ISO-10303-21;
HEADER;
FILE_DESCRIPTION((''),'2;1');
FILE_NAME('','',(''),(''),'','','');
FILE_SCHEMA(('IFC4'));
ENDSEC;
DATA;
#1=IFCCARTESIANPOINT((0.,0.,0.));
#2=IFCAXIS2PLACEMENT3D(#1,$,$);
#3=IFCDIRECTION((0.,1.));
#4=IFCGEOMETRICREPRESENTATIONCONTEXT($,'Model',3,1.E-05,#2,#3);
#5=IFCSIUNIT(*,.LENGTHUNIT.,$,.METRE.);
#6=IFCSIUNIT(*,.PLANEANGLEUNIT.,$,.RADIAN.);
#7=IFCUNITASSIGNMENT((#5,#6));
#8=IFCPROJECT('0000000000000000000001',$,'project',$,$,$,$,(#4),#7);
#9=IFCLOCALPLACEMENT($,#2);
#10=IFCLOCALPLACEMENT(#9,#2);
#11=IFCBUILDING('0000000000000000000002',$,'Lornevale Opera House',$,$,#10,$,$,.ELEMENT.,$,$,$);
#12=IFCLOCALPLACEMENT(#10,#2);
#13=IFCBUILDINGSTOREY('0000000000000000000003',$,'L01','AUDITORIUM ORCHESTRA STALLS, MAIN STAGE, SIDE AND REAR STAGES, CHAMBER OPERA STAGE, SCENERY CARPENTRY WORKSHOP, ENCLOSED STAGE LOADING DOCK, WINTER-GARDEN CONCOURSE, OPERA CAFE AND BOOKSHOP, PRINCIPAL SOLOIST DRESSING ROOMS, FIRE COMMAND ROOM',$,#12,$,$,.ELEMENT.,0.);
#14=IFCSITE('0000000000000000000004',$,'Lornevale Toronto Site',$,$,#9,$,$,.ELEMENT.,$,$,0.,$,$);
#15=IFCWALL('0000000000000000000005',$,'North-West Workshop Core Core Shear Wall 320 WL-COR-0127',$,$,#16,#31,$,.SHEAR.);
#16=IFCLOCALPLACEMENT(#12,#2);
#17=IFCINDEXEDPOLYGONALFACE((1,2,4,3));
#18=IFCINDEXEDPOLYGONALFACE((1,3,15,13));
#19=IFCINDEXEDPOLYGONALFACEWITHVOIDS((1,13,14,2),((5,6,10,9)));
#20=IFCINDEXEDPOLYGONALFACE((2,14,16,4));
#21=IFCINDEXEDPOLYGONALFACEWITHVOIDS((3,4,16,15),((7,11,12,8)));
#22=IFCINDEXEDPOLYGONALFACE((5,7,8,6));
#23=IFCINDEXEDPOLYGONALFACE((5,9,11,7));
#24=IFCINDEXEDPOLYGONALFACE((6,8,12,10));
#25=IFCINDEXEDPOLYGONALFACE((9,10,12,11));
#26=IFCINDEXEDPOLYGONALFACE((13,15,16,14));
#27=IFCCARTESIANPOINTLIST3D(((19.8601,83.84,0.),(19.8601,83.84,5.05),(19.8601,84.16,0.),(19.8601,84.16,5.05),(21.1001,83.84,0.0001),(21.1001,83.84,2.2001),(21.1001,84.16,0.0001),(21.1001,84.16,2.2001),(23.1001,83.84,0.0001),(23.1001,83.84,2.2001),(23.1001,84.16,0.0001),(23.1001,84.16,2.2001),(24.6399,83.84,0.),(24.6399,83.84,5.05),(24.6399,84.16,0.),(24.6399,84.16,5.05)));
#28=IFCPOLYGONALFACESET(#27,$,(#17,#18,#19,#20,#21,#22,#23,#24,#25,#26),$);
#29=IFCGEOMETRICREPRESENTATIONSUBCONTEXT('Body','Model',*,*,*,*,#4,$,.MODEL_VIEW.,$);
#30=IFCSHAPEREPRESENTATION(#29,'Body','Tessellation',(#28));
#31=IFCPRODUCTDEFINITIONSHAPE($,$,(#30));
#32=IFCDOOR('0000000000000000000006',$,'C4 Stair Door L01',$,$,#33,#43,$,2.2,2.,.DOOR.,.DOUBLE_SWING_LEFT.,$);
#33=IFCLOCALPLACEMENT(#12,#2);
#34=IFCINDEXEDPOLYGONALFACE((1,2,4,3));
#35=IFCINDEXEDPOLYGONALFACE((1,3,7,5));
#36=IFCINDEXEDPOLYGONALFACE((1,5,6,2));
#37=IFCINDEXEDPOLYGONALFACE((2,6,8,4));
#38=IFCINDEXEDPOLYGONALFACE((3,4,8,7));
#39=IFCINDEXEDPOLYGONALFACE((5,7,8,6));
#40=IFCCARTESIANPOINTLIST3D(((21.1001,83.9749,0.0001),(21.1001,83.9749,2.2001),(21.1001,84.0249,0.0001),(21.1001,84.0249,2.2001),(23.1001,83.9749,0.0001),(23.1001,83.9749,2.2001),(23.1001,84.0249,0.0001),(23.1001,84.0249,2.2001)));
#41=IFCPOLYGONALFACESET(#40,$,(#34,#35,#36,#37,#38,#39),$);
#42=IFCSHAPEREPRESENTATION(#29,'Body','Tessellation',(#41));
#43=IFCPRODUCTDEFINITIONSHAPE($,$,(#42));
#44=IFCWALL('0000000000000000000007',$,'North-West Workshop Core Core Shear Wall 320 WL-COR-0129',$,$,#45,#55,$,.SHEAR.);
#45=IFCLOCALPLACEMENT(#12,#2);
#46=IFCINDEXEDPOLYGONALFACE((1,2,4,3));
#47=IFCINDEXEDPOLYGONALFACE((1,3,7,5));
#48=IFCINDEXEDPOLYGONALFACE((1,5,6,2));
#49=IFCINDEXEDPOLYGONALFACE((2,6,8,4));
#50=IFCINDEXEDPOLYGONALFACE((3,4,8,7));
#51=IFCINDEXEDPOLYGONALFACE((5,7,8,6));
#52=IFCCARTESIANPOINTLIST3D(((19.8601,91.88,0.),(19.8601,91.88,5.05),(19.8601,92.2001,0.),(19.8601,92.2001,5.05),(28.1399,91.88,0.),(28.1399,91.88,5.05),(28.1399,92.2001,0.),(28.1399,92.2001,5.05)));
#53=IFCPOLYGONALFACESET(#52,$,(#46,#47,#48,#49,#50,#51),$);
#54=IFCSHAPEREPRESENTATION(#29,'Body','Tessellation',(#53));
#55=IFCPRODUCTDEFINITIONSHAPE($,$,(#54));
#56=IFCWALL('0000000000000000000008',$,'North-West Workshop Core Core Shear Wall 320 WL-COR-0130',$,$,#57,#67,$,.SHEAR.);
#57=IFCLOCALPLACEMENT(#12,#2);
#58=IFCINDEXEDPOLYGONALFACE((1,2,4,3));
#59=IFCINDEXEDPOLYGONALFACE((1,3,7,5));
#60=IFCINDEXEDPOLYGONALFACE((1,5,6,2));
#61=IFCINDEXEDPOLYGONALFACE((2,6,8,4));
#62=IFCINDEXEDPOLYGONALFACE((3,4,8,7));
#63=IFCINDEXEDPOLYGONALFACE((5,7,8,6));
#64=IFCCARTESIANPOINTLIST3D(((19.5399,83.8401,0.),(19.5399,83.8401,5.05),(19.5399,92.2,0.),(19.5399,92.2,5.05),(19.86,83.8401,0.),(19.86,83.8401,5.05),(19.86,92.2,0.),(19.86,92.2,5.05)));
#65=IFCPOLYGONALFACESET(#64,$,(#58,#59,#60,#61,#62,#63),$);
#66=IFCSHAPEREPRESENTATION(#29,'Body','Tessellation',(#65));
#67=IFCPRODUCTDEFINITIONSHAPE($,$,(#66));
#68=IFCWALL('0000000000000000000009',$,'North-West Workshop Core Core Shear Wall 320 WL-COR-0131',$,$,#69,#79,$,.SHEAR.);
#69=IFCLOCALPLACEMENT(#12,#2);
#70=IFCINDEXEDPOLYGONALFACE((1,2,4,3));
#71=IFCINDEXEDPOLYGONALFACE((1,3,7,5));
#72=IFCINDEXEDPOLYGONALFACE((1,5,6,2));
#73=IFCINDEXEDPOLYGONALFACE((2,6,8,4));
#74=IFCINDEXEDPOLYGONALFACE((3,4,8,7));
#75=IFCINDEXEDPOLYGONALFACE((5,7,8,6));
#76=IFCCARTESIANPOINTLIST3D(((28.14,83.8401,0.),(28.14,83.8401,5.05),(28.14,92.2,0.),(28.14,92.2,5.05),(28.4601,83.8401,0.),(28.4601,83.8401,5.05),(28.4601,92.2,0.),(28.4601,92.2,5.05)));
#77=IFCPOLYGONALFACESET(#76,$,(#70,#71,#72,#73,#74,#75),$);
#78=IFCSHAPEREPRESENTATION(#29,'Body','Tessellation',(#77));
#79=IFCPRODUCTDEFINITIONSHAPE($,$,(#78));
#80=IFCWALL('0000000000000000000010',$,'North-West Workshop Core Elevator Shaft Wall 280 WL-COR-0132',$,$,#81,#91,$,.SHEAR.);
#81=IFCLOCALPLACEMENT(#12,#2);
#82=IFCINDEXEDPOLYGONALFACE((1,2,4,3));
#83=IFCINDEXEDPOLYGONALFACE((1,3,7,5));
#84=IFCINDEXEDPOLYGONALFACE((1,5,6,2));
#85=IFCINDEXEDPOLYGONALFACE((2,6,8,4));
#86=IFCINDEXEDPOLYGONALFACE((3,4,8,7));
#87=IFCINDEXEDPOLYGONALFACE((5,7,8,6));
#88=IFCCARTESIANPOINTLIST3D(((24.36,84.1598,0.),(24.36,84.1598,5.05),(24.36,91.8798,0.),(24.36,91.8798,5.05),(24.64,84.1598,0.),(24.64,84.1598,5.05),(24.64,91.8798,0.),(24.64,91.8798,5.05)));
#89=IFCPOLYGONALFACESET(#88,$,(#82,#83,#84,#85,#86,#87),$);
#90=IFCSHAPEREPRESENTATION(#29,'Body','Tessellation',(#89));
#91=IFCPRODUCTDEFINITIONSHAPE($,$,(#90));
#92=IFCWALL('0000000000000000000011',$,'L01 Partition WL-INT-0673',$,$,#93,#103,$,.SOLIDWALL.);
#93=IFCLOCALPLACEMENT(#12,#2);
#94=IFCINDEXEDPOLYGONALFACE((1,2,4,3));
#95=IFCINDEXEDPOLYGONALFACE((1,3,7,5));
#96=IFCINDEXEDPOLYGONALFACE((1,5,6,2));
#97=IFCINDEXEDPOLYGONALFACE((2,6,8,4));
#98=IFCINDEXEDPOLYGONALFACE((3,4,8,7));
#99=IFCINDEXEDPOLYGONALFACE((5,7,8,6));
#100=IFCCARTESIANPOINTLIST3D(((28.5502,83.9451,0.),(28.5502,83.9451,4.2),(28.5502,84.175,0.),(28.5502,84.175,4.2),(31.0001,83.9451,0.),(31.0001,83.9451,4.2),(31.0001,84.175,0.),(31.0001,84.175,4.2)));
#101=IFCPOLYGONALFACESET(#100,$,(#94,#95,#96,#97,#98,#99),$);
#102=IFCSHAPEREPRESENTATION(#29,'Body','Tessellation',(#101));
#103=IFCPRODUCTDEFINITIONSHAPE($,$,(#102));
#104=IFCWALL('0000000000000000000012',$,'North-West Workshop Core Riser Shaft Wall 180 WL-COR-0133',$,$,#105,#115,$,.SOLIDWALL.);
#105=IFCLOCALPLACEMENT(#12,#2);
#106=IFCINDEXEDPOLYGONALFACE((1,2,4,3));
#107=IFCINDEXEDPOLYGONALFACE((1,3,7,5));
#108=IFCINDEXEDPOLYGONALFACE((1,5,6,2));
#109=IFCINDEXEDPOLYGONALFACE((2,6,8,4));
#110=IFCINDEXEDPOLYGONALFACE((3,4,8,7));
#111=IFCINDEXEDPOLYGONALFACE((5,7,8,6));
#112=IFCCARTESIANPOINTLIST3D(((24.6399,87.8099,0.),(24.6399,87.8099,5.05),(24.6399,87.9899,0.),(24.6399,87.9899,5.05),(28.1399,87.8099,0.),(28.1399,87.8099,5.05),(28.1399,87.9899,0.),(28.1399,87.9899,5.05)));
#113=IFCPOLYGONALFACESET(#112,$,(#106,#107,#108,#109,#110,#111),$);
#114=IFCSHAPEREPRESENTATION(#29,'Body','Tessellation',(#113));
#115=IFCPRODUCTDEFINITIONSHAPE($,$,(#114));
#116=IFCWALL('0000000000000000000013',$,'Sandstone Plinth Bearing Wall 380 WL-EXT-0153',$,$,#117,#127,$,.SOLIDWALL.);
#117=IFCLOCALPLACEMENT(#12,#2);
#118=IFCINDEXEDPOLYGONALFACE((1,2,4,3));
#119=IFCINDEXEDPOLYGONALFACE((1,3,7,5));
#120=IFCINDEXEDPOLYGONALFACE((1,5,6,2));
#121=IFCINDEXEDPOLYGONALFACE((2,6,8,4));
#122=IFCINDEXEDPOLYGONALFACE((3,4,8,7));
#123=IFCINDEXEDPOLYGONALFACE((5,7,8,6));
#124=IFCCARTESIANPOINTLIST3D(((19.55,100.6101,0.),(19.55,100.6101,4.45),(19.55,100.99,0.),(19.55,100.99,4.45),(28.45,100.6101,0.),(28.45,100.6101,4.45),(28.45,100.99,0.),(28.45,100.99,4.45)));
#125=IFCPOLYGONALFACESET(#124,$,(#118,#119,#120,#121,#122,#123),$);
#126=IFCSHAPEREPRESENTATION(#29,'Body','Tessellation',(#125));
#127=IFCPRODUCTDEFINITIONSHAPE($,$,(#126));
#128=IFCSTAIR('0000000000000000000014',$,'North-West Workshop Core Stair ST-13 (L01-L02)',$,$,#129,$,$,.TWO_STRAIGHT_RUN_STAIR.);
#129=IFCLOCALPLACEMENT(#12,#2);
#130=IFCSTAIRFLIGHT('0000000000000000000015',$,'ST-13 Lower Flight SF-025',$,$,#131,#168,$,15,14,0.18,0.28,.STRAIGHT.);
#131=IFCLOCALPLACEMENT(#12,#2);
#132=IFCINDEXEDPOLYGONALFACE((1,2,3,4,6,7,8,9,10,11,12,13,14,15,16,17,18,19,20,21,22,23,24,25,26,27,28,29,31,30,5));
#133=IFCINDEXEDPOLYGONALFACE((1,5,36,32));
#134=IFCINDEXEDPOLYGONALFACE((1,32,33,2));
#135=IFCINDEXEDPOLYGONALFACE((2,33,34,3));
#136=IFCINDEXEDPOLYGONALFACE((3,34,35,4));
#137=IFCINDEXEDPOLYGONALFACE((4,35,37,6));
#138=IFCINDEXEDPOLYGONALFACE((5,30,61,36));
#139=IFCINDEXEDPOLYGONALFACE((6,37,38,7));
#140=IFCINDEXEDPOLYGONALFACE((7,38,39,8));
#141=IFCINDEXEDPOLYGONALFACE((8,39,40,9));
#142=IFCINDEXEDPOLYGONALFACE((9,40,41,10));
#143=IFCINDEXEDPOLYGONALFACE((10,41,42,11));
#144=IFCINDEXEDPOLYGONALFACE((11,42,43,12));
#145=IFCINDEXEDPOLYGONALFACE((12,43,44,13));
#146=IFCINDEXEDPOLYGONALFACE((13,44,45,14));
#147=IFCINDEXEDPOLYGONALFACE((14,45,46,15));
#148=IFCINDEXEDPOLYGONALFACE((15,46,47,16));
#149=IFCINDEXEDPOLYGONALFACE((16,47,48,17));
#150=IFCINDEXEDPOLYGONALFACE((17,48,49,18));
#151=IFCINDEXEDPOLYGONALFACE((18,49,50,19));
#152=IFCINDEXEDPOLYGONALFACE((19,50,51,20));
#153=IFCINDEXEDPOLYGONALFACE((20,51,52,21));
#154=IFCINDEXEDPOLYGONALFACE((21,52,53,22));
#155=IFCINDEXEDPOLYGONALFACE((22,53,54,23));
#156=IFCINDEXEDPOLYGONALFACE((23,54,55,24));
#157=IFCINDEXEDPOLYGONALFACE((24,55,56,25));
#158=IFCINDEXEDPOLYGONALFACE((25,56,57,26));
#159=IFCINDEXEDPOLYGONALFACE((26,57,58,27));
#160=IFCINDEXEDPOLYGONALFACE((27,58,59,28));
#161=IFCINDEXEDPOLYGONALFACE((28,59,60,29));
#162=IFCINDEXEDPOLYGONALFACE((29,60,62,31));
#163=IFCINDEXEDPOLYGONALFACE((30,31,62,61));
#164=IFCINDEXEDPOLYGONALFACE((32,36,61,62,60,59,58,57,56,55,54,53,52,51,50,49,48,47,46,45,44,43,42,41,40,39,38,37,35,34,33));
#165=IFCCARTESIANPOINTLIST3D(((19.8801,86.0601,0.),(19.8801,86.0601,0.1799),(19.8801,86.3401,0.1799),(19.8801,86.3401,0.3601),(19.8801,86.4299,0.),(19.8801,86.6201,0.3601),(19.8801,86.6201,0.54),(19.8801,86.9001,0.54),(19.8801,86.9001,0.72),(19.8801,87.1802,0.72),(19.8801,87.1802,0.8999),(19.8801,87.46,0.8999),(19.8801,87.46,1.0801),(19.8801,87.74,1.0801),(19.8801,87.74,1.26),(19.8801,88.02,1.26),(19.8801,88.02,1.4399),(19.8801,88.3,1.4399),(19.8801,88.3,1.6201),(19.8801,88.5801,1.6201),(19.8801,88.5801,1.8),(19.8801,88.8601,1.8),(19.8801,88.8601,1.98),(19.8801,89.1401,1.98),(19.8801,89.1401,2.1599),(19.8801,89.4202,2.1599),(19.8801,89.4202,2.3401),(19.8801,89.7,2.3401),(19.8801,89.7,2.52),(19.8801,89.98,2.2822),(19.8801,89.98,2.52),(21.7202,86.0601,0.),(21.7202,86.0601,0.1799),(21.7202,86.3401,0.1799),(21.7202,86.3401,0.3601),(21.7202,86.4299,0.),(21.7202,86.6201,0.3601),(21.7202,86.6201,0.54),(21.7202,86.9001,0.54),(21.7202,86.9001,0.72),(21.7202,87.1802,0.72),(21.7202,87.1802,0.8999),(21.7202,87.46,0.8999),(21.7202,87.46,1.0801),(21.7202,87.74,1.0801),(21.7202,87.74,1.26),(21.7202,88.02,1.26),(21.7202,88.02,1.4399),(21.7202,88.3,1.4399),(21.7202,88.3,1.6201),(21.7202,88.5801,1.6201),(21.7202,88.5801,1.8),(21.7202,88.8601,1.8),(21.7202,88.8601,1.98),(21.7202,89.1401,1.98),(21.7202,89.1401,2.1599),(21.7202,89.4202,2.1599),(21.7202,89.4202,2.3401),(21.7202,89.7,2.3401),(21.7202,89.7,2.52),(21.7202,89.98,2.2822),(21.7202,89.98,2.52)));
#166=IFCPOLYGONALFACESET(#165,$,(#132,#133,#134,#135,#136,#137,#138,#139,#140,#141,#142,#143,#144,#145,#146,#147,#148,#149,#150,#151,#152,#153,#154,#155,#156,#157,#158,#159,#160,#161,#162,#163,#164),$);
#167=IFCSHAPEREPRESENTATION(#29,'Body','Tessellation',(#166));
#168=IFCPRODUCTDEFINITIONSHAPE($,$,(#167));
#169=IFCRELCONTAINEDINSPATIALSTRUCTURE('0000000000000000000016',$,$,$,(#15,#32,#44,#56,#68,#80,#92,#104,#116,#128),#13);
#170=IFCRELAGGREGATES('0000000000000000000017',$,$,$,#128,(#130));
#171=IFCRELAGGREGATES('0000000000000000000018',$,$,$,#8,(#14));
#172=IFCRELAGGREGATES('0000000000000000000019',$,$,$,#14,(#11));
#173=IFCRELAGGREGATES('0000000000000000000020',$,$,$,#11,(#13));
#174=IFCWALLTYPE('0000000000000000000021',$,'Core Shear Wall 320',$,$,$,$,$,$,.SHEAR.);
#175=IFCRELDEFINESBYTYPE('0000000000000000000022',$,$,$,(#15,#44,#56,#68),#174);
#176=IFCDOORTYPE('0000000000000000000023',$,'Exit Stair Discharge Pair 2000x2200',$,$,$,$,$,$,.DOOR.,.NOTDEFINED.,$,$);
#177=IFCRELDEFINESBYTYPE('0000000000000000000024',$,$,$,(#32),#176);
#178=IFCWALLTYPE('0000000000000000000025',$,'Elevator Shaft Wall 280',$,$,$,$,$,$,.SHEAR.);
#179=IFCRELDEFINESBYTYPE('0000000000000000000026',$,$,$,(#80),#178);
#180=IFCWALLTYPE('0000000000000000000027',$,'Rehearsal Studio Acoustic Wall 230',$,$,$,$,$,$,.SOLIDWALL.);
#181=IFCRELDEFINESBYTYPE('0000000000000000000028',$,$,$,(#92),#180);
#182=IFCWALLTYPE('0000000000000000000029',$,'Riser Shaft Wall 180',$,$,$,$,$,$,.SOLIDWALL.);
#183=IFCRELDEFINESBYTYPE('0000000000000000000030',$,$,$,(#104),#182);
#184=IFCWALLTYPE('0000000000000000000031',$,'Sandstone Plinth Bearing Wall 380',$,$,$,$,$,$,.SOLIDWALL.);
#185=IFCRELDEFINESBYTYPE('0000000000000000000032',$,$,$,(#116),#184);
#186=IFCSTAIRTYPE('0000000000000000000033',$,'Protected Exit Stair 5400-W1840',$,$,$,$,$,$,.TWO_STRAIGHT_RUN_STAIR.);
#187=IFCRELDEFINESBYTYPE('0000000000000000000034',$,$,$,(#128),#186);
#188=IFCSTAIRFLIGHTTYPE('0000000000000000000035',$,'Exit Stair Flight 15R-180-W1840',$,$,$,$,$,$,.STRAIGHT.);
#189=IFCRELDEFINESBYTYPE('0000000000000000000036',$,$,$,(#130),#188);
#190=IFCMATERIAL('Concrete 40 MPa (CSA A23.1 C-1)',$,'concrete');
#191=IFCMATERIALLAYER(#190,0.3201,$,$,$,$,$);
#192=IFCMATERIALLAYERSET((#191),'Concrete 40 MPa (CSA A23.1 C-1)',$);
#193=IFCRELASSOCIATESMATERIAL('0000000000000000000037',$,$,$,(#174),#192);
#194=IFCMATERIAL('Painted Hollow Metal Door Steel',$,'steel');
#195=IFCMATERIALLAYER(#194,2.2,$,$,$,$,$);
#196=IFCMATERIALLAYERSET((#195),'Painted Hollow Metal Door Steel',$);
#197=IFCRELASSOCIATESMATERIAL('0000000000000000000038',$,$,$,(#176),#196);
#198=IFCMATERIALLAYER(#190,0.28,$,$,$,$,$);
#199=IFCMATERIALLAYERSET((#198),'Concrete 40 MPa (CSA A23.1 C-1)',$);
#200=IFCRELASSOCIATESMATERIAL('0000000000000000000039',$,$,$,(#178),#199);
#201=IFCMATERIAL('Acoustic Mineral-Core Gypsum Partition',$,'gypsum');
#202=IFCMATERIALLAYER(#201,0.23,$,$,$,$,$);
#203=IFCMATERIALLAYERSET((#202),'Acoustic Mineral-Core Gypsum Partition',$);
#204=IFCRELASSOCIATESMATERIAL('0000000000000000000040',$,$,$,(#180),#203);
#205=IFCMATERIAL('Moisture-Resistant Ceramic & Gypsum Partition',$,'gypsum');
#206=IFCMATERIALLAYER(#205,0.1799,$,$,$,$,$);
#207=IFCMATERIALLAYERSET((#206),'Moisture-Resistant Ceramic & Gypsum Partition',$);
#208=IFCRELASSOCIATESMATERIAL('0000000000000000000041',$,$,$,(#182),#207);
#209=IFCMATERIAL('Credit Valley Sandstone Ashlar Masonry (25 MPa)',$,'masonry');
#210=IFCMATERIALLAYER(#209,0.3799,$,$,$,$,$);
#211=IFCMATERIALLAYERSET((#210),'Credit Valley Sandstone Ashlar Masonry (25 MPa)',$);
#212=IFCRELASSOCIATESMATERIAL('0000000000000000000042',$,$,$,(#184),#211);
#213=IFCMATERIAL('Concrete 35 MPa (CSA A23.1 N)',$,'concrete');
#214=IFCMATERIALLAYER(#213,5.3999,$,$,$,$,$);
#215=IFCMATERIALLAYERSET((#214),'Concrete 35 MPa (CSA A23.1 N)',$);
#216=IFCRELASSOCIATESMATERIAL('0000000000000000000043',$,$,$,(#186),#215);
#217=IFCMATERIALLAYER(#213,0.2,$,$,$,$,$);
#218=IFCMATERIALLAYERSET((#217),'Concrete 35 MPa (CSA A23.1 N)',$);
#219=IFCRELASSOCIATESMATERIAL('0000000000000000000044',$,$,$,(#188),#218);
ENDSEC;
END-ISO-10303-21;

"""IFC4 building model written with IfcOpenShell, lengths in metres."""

from ifc_helpers import new_model, si_unit, direction, frame, frame_2d, origin, place, context, subcontext, project, spatial, polyline, rectangle, outline, extrude, material, layer, layer_set, type_object, element, fill, aggregate, save


model = new_model("IFC4")

# Units and contexts
model_context = context("Model", 3, precision=1e-05, world=origin(), true_north=direction((0.0, 1.0)))
body_context = subcontext(model_context, "Body", "Model", "MODEL_VIEW")
ifc_project = project(units=[si_unit("LENGTHUNIT", "METRE"), si_unit("PLANEANGLEUNIT", "RADIAN")], contexts=[model_context])

# Site, building, storey
site_placement = place(None, origin())
site = spatial("IfcSite", under=ifc_project, at=site_placement, Name="Lornevale Toronto Site", CompositionType="ELEMENT", RefElevation=0.0)
building_placement = place(site_placement, origin())
building = spatial("IfcBuilding", under=site, at=building_placement, Name="Lornevale Opera House", CompositionType="ELEMENT")
storey_placement = place(building_placement, origin())
storey = spatial("IfcBuildingStorey", under=building, at=storey_placement, Name="L01", Description="AUDITORIUM ORCHESTRA STALLS, MAIN STAGE, SIDE AND REAR STAGES, CHAMBER OPERA STAGE, SCENERY CARPENTRY WORKSHOP, ENCLOSED STAGE LOADING DOCK, WINTER-GARDEN CONCOURSE, OPERA CAFE AND BOOKSHOP, PRINCIPAL SOLOIST DRESSING ROOMS, FIRE COMMAND ROOM", CompositionType="ELEMENT", Elevation=0.0)

# Shared definitions
ifc_material_1 = material(Name="Concrete 40 MPa (CSA A23.1 C-1)", Category="concrete")

# Shared definitions
ifc_material_2 = material(Name="Concrete 35 MPa (CSA A23.1 N)", Category="concrete")

# Wall, opening, door
ifc_layer_1 = layer(ifc_material_1, 0.3201)
ifc_layer_set_1 = layer_set([ifc_layer_1], Name="Concrete 40 MPa (CSA A23.1 C-1)")
wall_type_1 = type_object("IfcWallType", Name="Core Shear Wall 320", PredefinedType="SHEAR", material=ifc_layer_set_1)
wall_1_placement = place(storey_placement, frame((19.8601, 84.0, 0.0), z_axis=(0.0, 0.0, 1.0), x_axis=(1.0, 0.0, 0.0)))
wall_1 = element("IfcWall", 1, at=wall_1_placement, inside=storey, type_object=wall_type_1, Name="North-West Workshop Core Core Shear Wall 320 WL-COR-0127", PredefinedType="SHEAR", context=body_context, shape_type="SweptSolid", body=[
    extrude(rectangle(XDim=4.7798, YDim=0.3201, at=frame_2d((2.3899, 0.0))), origin(), (0.0, 0.0, 1.0), 5.05),
])
opening_1_placement = place(wall_1_placement, frame((1.24, 0.0, 0.0)))
opening_1 = element("IfcOpeningElement", 2, at=opening_1_placement, cuts=wall_1, PredefinedType="OPENING", context=body_context, shape_type="SweptSolid", body=[
    extrude(rectangle(XDim=2.0, YDim=2.2, at=frame_2d((1.0, 1.1001))), frame((0.0, 0.1699, 0.0), z_axis=(0.0, -1.0, 0.0), x_axis=(1.0, 0.0, 0.0)), (0.0, 0.0, 1.0), 0.3401),
])
ifc_material_3 = material(Name="Painted Hollow Metal Door Steel", Category="steel")
ifc_layer_2 = layer(ifc_material_3, 2.2)
ifc_layer_set_2 = layer_set([ifc_layer_2], Name="Painted Hollow Metal Door Steel")
door_type_1 = type_object("IfcDoorType", Name="Exit Stair Discharge Pair 2000x2200", OperationType="NOTDEFINED", PredefinedType="DOOR", material=ifc_layer_set_2)
door_1_placement = place(opening_1_placement, origin())
door_1 = element("IfcDoor", 3, at=door_1_placement, inside=storey, type_object=door_type_1, Name="C4 Stair Door L01", OperationType="DOUBLE_SWING_LEFT", OverallHeight=2.2, OverallWidth=2.0, PredefinedType="DOOR", context=body_context, shape_type="SweptSolid", body=[
    extrude(rectangle(XDim=2.0, YDim=2.2, at=frame_2d((1.0, 1.1001))), frame((0.0, 0.0249, 0.0), z_axis=(0.0, -1.0, 0.0), x_axis=(1.0, 0.0, 0.0)), (0.0, 0.0, 1.0), 0.05),
])
fill(opening_1, door_1)

# Walls
wall_2_placement = place(storey_placement, frame((28.1399, 92.04, 0.0), z_axis=(0.0, 0.0, 1.0), x_axis=(-1.0, 0.0, 0.0)))
element("IfcWall", 4, at=wall_2_placement, inside=storey, type_object=wall_type_1, Name="North-West Workshop Core Core Shear Wall 320 WL-COR-0129", PredefinedType="SHEAR", context=body_context, shape_type="SweptSolid", body=[
    extrude(rectangle(XDim=8.2798, YDim=0.3201, at=frame_2d((4.1399, 0.0))), origin(), (0.0, 0.0, 1.0), 5.05),
])
for number, where, z_axis, x_axis, name in (
    (5, (19.7, 92.2, 0.0), (0.0, 0.0, 1.0), (0.0, -1.0, 0.0), "North-West Workshop Core Core Shear Wall 320 WL-COR-0130"),
    (6, (28.3, 83.8401, 0.0), (0.0, 0.0, 1.0), (0.0, 1.0, 0.0), "North-West Workshop Core Core Shear Wall 320 WL-COR-0131"),
):
    element("IfcWall", number, at=place(storey_placement, frame(where, z_axis=z_axis, x_axis=x_axis)), inside=storey, type_object=wall_type_1, Name=name, PredefinedType="SHEAR", context=body_context, shape_type="SweptSolid", body=[
        extrude(rectangle(XDim=8.3599, YDim=0.3201, at=frame_2d((4.1799, 0.0))), origin(), (0.0, 0.0, 1.0), 5.05),
    ])

# Shared definitions
ifc_layer_3 = layer(ifc_material_1, 0.28)
ifc_layer_set_3 = layer_set([ifc_layer_3], Name="Concrete 40 MPa (CSA A23.1 C-1)")
wall_type_2 = type_object("IfcWallType", Name="Elevator Shaft Wall 280", PredefinedType="SHEAR", material=ifc_layer_set_3)

# Walls
wall_3_placement = place(storey_placement, frame((24.5, 84.1599, 0.0), z_axis=(0.0, 0.0, 1.0), x_axis=(0.0, 1.0, 0.0)))
element("IfcWall", 7, at=wall_3_placement, inside=storey, type_object=wall_type_2, Name="North-West Workshop Core Elevator Shaft Wall 280 WL-COR-0132", PredefinedType="SHEAR", context=body_context, shape_type="SweptSolid", body=[
    extrude(rectangle(XDim=7.72, YDim=0.28, at=frame_2d((3.8599, 0.0))), origin(), (0.0, 0.0, 1.0), 5.05),
])
ifc_material_4 = material(Name="Acoustic Mineral-Core Gypsum Partition", Category="gypsum")
ifc_layer_4 = layer(ifc_material_4, 0.23)
ifc_layer_set_4 = layer_set([ifc_layer_4], Name="Acoustic Mineral-Core Gypsum Partition")
wall_type_3 = type_object("IfcWallType", Name="Rehearsal Studio Acoustic Wall 230", PredefinedType="SOLIDWALL", material=ifc_layer_set_4)
wall_4_placement = place(storey_placement, frame((28.55, 84.0601, 0.0), z_axis=(0.0, 0.0, 1.0), x_axis=(1.0, 0.0, 0.0)))
element("IfcWall", 8, at=wall_4_placement, inside=storey, type_object=wall_type_3, Name="L01 Partition WL-INT-0673", PredefinedType="SOLIDWALL", context=body_context, shape_type="SweptSolid", body=[
    extrude(rectangle(XDim=2.45, YDim=0.23, at=frame_2d((1.2251, 0.0))), origin(), (0.0, 0.0, 1.0), 4.2),
])
ifc_material_5 = material(Name="Moisture-Resistant Ceramic & Gypsum Partition", Category="gypsum")
ifc_layer_5 = layer(ifc_material_5, 0.1799)
ifc_layer_set_5 = layer_set([ifc_layer_5], Name="Moisture-Resistant Ceramic & Gypsum Partition")
wall_type_4 = type_object("IfcWallType", Name="Riser Shaft Wall 180", PredefinedType="SOLIDWALL", material=ifc_layer_set_5)
wall_5_placement = place(storey_placement, frame((24.6399, 87.8999, 0.0), z_axis=(0.0, 0.0, 1.0), x_axis=(1.0, 0.0, 0.0)))
element("IfcWall", 9, at=wall_5_placement, inside=storey, type_object=wall_type_4, Name="North-West Workshop Core Riser Shaft Wall 180 WL-COR-0133", PredefinedType="SOLIDWALL", context=body_context, shape_type="SweptSolid", body=[
    extrude(rectangle(XDim=3.5, YDim=0.1799, at=frame_2d((1.75, 0.0))), origin(), (0.0, 0.0, 1.0), 5.05),
])
ifc_material_6 = material(Name="Credit Valley Sandstone Ashlar Masonry (25 MPa)", Category="masonry")
ifc_layer_6 = layer(ifc_material_6, 0.3799)
ifc_layer_set_6 = layer_set([ifc_layer_6], Name="Credit Valley Sandstone Ashlar Masonry (25 MPa)")
wall_type_5 = type_object("IfcWallType", Name="Sandstone Plinth Bearing Wall 380", PredefinedType="SOLIDWALL", material=ifc_layer_set_6)
wall_6_placement = place(storey_placement, frame((19.55, 100.8, 0.0), z_axis=(0.0, 0.0, 1.0), x_axis=(1.0, 0.0, 0.0)))
element("IfcWall", 10, at=wall_6_placement, inside=storey, type_object=wall_type_5, Name="Sandstone Plinth Bearing Wall 380 WL-EXT-0153", PredefinedType="SOLIDWALL", context=body_context, shape_type="SweptSolid", body=[
    extrude(rectangle(XDim=8.8999, YDim=0.3799, at=frame_2d((4.45, 0.0))), origin(), (0.0, 0.0, 1.0), 4.45),
])

# Stair, stair flight
ifc_layer_7 = layer(ifc_material_2, 5.3999)
ifc_layer_set_7 = layer_set([ifc_layer_7], Name="Concrete 35 MPa (CSA A23.1 N)")
stair_type = type_object("IfcStairType", Name="Protected Exit Stair 5400-W1840", PredefinedType="TWO_STRAIGHT_RUN_STAIR", material=ifc_layer_set_7)
stair_placement = place(storey_placement, origin())
stair = element("IfcStair", 11, at=stair_placement, inside=storey, type_object=stair_type, Name="North-West Workshop Core Stair ST-13 (L01-L02)", PredefinedType="TWO_STRAIGHT_RUN_STAIR")
ifc_layer_8 = layer(ifc_material_2, 0.2)
ifc_layer_set_8 = layer_set([ifc_layer_8], Name="Concrete 35 MPa (CSA A23.1 N)")
stair_flight_type = type_object("IfcStairFlightType", Name="Exit Stair Flight 15R-180-W1840", PredefinedType="STRAIGHT", material=ifc_layer_set_8)
stair_flight_1_placement = place(storey_placement, frame((20.8, 86.0601, 0.0), z_axis=(0.0, 0.0, 1.0), x_axis=(0.0, 1.0, 0.0)))
stair_flight_1 = element("IfcStairFlight", 12, at=stair_flight_1_placement, type_object=stair_flight_type, Name="ST-13 Lower Flight SF-025", NumberOfRisers=15, NumberOfTreads=14, PredefinedType="STRAIGHT", RiserHeight=0.18, TreadLength=0.28, context=body_context, shape_type="SweptSolid", body=[
    extrude(outline(polyline([(0.0, 0.0), (0.0, 0.1799), (0.28, 0.1799), (0.28, 0.3601), (0.5601, 0.3601), (0.5601, 0.54), (0.8401, 0.54), (0.8401, 0.72), (1.1201, 0.72), (1.1201, 0.8999), (1.3999, 0.8999), (1.3999, 1.0801), (1.6799, 1.0801), (1.6799, 1.26), (1.96, 1.26), (1.96, 1.4399), (2.24, 1.4399), (2.24, 1.6201), (2.52, 1.6201), (2.52, 1.8), (2.8, 1.8), (2.8, 1.98), (3.0801, 1.98), (3.0801, 2.1599), (3.3601, 2.1599), (3.3601, 2.3401), (3.6399, 2.3401), (3.6399, 2.52), (3.9199, 2.52), (3.9199, 2.2822), (0.3699, 0.0), (0.0, 0.0)])), frame((0.0, 0.9199, 0.0), z_axis=(0.0, -1.0, 0.0), x_axis=(1.0, 0.0, 0.0)), (0.0, 0.0, 1.0), 1.8401),
])
aggregate(stair, [stair_flight_1])

save(model, "model.ifc")
